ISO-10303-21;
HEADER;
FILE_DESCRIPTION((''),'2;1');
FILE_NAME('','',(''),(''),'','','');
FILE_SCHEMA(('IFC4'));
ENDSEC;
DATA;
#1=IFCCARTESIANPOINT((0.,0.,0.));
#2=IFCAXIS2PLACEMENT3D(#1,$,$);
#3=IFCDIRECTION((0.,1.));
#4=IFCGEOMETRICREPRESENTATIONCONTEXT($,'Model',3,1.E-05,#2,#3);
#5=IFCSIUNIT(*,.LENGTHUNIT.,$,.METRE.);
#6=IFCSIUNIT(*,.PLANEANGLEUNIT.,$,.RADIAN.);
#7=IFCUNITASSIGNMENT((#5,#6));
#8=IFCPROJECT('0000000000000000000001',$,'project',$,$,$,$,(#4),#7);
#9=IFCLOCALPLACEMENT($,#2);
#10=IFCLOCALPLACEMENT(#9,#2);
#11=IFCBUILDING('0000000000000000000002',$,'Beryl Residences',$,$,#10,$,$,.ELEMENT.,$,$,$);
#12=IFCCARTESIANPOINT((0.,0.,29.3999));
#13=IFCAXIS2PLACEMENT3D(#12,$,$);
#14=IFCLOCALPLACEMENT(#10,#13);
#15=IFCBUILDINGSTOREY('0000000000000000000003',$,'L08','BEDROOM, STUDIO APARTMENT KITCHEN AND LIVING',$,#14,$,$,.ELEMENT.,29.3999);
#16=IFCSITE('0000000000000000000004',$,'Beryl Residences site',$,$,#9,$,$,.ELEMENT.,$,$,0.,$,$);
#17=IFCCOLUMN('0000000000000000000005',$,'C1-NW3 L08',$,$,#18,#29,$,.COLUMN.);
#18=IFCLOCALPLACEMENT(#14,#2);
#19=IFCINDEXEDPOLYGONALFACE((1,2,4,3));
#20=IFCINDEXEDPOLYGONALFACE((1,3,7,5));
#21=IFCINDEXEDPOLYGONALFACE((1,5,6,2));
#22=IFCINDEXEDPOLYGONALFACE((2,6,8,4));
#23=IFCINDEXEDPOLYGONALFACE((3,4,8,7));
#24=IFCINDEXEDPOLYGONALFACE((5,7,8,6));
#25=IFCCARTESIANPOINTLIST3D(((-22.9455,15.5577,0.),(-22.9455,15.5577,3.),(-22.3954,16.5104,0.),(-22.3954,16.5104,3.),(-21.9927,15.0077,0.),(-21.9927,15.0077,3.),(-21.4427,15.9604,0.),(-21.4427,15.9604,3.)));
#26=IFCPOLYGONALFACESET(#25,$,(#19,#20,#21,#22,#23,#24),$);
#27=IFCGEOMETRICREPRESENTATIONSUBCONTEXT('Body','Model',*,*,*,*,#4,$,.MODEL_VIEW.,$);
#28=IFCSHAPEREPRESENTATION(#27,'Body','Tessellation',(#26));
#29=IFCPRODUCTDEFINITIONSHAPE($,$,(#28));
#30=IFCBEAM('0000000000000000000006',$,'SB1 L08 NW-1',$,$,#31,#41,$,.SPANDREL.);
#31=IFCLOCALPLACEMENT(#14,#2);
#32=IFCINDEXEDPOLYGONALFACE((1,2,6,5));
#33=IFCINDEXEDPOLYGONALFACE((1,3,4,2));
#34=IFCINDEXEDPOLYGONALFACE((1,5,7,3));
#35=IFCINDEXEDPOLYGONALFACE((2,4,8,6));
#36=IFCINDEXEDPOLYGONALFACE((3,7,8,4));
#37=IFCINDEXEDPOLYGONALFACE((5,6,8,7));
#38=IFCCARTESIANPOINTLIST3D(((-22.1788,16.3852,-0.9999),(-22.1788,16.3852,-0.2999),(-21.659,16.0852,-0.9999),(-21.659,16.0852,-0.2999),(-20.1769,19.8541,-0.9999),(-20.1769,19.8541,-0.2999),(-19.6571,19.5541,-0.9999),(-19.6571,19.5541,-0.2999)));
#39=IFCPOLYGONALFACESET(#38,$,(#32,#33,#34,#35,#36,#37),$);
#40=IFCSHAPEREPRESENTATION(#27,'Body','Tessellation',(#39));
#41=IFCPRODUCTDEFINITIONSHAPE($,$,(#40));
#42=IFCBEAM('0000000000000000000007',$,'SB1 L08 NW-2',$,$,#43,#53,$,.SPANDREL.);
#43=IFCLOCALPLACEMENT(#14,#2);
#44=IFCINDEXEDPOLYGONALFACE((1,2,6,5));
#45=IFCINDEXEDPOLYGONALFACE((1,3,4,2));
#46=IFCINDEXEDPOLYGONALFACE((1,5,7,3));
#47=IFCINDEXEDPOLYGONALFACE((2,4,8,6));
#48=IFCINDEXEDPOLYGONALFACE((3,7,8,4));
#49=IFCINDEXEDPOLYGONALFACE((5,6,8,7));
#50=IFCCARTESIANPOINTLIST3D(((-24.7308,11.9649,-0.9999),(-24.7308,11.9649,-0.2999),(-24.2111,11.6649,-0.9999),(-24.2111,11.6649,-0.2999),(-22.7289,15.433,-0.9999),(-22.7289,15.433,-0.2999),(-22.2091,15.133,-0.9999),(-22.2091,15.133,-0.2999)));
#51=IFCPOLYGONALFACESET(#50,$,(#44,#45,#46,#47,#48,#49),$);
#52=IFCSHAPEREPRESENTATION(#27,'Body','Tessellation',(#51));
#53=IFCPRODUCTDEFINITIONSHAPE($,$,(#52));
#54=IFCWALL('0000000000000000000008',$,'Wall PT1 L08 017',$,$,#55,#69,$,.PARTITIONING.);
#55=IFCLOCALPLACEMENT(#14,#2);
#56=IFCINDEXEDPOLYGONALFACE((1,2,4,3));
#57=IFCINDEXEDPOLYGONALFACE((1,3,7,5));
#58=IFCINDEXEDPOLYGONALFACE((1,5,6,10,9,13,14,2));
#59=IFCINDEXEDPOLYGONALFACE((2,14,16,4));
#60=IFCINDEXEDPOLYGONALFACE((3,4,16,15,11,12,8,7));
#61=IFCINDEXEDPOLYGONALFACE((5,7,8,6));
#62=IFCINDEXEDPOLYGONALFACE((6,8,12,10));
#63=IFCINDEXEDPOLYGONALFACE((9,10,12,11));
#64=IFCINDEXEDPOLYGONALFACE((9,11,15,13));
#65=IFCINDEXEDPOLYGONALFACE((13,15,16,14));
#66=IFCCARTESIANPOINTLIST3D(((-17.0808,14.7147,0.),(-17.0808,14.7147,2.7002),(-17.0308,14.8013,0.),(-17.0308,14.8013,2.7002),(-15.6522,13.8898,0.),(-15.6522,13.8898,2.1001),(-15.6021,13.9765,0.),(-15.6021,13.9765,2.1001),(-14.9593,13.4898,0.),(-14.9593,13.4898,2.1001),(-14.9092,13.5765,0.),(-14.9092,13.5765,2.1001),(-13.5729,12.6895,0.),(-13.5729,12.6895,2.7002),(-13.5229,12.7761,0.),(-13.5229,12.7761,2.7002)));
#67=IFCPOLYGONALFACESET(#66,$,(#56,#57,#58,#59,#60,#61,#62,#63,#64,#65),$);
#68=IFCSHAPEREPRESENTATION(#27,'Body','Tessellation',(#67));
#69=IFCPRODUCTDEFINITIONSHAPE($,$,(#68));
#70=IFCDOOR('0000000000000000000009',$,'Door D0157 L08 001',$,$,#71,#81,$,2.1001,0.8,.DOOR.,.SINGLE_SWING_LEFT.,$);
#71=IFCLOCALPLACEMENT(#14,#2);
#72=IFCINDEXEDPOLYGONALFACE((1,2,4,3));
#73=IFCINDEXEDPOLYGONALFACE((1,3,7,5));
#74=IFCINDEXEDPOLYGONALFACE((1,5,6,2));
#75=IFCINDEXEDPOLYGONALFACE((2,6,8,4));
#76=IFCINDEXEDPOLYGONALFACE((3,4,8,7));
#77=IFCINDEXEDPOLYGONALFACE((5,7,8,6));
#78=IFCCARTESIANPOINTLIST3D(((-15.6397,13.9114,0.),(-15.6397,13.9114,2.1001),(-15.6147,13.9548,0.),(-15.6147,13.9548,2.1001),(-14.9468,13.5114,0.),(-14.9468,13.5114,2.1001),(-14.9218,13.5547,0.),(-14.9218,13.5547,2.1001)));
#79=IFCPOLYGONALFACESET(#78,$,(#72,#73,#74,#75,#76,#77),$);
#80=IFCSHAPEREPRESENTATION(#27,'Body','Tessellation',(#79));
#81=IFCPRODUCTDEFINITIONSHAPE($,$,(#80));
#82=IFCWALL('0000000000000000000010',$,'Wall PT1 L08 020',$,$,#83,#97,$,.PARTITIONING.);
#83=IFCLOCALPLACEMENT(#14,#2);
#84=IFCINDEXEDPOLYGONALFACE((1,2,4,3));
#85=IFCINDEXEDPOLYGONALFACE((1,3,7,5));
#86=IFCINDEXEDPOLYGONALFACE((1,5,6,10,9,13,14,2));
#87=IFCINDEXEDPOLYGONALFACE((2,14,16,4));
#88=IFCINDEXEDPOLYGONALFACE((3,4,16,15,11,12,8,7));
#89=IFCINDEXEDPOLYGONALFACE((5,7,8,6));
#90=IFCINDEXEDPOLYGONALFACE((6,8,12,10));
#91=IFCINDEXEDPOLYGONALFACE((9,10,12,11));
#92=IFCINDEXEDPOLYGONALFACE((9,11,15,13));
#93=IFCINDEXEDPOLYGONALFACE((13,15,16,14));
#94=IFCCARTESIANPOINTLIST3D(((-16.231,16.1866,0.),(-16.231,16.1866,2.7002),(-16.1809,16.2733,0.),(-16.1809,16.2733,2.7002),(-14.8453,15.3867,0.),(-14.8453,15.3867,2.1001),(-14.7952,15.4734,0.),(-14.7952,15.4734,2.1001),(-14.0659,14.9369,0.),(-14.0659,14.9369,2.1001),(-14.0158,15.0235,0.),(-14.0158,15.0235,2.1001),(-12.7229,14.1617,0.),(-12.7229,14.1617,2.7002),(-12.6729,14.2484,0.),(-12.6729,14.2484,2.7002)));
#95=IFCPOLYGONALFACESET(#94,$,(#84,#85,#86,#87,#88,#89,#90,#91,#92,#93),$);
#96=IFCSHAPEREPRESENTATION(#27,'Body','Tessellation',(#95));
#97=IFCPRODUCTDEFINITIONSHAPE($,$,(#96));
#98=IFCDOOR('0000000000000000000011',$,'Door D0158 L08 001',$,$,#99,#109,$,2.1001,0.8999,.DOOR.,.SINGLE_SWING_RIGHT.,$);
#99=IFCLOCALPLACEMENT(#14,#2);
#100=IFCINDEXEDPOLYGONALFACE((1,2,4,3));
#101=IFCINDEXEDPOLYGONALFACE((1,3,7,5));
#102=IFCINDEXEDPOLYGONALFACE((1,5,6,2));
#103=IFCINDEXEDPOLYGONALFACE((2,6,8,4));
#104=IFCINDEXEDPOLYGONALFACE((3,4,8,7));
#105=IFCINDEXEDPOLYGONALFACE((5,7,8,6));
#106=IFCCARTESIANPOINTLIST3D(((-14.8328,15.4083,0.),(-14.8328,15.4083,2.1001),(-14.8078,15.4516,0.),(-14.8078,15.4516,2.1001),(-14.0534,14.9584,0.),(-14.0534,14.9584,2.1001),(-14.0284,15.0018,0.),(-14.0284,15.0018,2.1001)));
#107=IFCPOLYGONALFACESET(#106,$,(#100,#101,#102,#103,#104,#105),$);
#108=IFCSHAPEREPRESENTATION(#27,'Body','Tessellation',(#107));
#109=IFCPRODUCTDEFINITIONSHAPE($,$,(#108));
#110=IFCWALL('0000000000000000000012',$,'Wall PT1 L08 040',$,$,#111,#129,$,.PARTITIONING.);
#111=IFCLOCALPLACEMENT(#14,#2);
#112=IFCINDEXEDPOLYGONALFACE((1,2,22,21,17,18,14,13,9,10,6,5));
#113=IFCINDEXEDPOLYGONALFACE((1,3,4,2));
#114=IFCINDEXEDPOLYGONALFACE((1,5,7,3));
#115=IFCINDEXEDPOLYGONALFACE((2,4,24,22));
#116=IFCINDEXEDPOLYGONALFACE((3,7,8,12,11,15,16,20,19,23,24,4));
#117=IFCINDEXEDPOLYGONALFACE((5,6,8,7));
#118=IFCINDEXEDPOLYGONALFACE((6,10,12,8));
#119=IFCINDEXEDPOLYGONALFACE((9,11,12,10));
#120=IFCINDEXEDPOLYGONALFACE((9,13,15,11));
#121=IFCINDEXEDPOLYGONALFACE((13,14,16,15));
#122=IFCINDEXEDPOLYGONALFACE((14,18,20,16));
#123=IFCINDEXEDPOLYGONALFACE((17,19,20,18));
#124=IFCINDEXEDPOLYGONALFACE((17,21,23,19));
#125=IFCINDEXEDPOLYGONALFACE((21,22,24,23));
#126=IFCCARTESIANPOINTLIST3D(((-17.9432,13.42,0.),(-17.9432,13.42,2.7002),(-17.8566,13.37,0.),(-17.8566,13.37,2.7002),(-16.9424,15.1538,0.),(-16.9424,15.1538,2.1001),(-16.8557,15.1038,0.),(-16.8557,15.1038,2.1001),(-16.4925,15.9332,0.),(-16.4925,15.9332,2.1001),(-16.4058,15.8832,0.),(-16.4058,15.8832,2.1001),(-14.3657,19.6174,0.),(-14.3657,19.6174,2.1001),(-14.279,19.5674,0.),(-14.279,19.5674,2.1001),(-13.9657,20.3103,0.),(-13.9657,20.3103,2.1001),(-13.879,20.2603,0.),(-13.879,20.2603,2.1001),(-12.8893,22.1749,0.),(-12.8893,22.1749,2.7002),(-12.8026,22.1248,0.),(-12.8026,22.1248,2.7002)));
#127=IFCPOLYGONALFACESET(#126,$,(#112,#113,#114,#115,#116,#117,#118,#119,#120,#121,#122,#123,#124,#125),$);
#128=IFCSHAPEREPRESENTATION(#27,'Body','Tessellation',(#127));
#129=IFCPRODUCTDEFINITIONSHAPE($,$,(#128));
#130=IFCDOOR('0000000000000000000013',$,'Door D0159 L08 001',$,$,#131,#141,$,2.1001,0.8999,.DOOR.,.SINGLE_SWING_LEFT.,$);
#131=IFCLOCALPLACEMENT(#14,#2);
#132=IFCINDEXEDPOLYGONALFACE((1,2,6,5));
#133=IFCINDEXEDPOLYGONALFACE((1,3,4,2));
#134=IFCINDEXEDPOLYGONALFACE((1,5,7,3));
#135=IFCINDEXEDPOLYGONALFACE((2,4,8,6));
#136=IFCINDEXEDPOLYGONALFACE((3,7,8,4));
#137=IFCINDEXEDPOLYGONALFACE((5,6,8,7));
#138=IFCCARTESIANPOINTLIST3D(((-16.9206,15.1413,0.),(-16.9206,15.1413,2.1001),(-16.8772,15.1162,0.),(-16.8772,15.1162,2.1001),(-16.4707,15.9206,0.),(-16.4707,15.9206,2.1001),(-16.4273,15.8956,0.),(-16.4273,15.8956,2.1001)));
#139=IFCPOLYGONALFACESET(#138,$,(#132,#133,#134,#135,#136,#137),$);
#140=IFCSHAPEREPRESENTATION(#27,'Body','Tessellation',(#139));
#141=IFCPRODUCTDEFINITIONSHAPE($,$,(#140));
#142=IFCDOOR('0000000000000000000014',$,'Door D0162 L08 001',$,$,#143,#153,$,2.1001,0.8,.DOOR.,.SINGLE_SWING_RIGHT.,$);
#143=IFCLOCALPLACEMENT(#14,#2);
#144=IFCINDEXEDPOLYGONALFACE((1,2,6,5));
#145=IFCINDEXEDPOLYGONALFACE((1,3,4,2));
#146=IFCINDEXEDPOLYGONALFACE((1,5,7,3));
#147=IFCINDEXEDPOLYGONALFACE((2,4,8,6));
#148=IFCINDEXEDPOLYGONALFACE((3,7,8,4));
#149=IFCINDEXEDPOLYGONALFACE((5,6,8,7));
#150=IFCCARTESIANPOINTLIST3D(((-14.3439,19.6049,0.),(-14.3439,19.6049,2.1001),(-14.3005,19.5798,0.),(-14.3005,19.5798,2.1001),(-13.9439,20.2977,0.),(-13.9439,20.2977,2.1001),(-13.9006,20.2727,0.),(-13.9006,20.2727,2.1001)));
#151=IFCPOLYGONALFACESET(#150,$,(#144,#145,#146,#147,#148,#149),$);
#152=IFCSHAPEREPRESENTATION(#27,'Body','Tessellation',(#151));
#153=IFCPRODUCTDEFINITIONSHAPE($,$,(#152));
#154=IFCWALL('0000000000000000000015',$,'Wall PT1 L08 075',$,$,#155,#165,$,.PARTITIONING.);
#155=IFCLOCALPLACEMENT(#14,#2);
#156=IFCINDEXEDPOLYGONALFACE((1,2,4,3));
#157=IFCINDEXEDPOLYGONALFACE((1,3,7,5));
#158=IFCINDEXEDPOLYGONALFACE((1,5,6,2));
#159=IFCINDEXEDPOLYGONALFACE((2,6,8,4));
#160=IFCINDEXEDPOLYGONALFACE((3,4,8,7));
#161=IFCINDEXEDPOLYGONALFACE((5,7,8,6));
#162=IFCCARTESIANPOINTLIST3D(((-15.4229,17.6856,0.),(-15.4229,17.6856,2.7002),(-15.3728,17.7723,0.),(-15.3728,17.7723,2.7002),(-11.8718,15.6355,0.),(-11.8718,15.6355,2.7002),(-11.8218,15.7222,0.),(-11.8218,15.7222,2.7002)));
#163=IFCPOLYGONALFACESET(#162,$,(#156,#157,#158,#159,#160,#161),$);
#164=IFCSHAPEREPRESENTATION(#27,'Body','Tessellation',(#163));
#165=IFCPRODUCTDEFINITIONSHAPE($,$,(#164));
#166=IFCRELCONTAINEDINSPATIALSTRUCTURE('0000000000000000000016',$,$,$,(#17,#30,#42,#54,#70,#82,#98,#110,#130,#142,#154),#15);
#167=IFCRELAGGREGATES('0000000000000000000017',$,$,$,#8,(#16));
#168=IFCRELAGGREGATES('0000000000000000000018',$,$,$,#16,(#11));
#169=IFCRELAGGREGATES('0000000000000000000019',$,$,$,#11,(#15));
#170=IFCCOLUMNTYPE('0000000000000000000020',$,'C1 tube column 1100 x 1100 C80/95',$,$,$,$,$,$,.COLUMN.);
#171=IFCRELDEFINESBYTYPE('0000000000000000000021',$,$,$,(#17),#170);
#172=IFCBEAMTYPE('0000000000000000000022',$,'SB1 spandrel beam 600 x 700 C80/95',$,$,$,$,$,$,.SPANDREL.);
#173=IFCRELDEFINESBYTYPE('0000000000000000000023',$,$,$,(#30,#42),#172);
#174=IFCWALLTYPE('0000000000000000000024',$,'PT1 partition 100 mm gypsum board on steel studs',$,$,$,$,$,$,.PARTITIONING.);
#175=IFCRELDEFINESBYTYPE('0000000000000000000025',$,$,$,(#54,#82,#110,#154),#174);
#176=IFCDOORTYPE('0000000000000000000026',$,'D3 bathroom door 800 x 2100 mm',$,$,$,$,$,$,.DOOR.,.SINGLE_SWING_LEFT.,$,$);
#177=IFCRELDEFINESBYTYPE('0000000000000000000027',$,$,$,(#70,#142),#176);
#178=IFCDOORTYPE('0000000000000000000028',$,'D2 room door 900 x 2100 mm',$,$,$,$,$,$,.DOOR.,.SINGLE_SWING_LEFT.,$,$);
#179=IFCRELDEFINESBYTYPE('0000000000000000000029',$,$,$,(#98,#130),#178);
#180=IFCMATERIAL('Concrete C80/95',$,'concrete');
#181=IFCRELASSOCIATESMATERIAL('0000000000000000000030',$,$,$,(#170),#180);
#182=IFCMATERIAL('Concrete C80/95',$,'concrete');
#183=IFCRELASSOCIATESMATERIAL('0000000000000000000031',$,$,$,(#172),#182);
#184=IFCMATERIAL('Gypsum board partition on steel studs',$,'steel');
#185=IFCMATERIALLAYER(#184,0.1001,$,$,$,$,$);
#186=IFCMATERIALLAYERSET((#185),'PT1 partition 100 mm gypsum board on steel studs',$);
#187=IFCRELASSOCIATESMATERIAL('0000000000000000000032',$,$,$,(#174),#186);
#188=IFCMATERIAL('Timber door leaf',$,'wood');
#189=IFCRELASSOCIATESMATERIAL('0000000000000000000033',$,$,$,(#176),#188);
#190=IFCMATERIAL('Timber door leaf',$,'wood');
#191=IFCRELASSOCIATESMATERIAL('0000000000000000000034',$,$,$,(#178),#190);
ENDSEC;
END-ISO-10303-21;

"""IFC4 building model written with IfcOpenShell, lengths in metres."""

from ifc_helpers import new_model, si_unit, direction, frame, frame_2d, origin, origin_2d, place, context, subcontext, project, spatial, rectangle, extrude, material, layer, layer_set, material_profile, profile_set, type_object, element, fill, save


model = new_model("IFC4")

# Units and contexts
model_context = context("Model", 3, precision=1e-05, world=origin(), true_north=direction((0.0, 1.0)))
body_context = subcontext(model_context, "Body", "Model", "MODEL_VIEW")
ifc_project = project(units=[si_unit("LENGTHUNIT", "METRE"), si_unit("PLANEANGLEUNIT", "RADIAN")], contexts=[model_context])

# Site, building, storey
site_placement = place(None, origin())
site = spatial("IfcSite", under=ifc_project, at=site_placement, Name="Beryl Residences site", CompositionType="ELEMENT", RefElevation=0.0)
building_placement = place(site_placement, origin())
building = spatial("IfcBuilding", under=site, at=building_placement, Name="Beryl Residences", CompositionType="ELEMENT")
storey_placement = place(building_placement, frame((0.0, 0.0, 29.3999)))
storey = spatial("IfcBuildingStorey", under=building, at=storey_placement, Name="L08", Description="BEDROOM, STUDIO APARTMENT KITCHEN AND LIVING", CompositionType="ELEMENT", Elevation=29.3999)

# Column
ifc_material_1 = material(Name="Concrete C80/95", Category="concrete")
ifc_material_profile_1 = material_profile(ifc_material_1, rectangle(XDim=1.1001, YDim=1.1001, at=origin_2d()))
ifc_profile_set_1 = profile_set([ifc_material_profile_1], Name="Concrete C80/95")
column_type = type_object("IfcColumnType", Name="C1 tube column 1100 x 1100 C80/95", PredefinedType="COLUMN", material=ifc_profile_set_1)
column_placement = place(storey_placement, frame((-22.1941, 15.759, 0.0), z_axis=(0.0, 0.0, 1.0), x_axis=(-0.499985, -0.866034, 0.0)))
element("IfcColumn", 1, at=column_placement, inside=storey, type_object=column_type, Name="C1-NW3 L08", PredefinedType="COLUMN", context=body_context, shape_type="SweptSolid", body=[
    extrude(rectangle(XDim=1.1001, YDim=1.1001, at=origin_2d()), origin(), (0.0, 0.0, 1.0), 3.0),
])

# Beams
ifc_material_2 = material(Name="Concrete C80/95", Category="concrete")
ifc_material_profile_2 = material_profile(ifc_material_2, rectangle(XDim=0.6001, YDim=0.7, at=origin_2d()))
ifc_profile_set_2 = profile_set([ifc_material_profile_2], Name="Concrete C80/95")
beam_type = type_object("IfcBeamType", Name="SB1 spandrel beam 600 x 700 C80/95", PredefinedType="SPANDREL", material=ifc_profile_set_2)
beam_1_placement = place(storey_placement, frame((-19.917, 19.7041, -0.6499), z_axis=(-0.499837, -0.86612, 0.0), x_axis=(0.86612, -0.499837, 0.0)))
element("IfcBeam", 2, at=beam_1_placement, inside=storey, type_object=beam_type, Name="SB1 L08 NW-1", PredefinedType="SPANDREL", context=body_context, shape_type="SweptSolid", body=[
    extrude(rectangle(XDim=0.6001, YDim=0.7, at=origin_2d()), origin(), (0.0, 0.0, 1.0), 4.0051),
])
beam_2_placement = place(storey_placement, frame((-22.469, 15.283, -0.6499), z_axis=(-0.499942, -0.866059, 0.0), x_axis=(0.866059, -0.499942, 0.0)))
element("IfcBeam", 3, at=beam_2_placement, inside=storey, type_object=beam_type, Name="SB1 L08 NW-2", PredefinedType="SPANDREL", context=body_context, shape_type="SweptSolid", body=[
    extrude(rectangle(XDim=0.6001, YDim=0.7, at=origin_2d()), origin(), (0.0, 0.0, 1.0), 4.0044),
])

# Walls, openings, doors
ifc_material_3 = material(Name="Gypsum board partition on steel studs", Category="steel")
ifc_layer_1 = layer(ifc_material_3, 0.1001)
ifc_layer_set_1 = layer_set([ifc_layer_1], Name="PT1 partition 100 mm gypsum board on steel studs")
wall_type_1 = type_object("IfcWallType", Name="PT1 partition 100 mm gypsum board on steel studs", PredefinedType="PARTITIONING", material=ifc_layer_set_1)
wall_1_placement = place(storey_placement, frame((-17.0559, 14.7581, 0.0), z_axis=(0.0, 0.0, 1.0), x_axis=(0.866035, -0.499983, 0.0)))
wall_1 = element("IfcWall", 4, at=wall_1_placement, inside=storey, type_object=wall_type_1, Name="Wall PT1 L08 017", PredefinedType="PARTITIONING", context=body_context, shape_type="SweptSolid", body=[
    extrude(rectangle(XDim=4.0505, YDim=0.1001, at=frame_2d((2.0254, 0.0))), origin(), (0.0, 0.0, 1.0), 2.7002),
])
opening_1_placement = place(wall_1_placement, frame((1.6499, 0.0, 0.0)))
opening_1 = element("IfcOpeningElement", 5, at=opening_1_placement, cuts=wall_1, PredefinedType="OPENING", context=body_context, shape_type="SweptSolid", body=[
    extrude(rectangle(XDim=0.8, YDim=2.1001, at=frame_2d((0.3999, 1.05))), frame((0.0, 0.0601, 0.0), z_axis=(0.0, -1.0, 0.0), x_axis=(1.0, 0.0, 0.0)), (0.0, 0.0, 1.0), 0.1201),
])
ifc_material_4 = material(Name="Timber door leaf", Category="wood")
door_type_1 = type_object("IfcDoorType", Name="D3 bathroom door 800 x 2100 mm", OperationType="SINGLE_SWING_LEFT", PredefinedType="DOOR", material=ifc_material_4)
door_1_placement = place(opening_1_placement, origin())
door_1 = element("IfcDoor", 6, at=door_1_placement, inside=storey, type_object=door_type_1, Name="Door D0157 L08 001", OperationType="SINGLE_SWING_LEFT", OverallHeight=2.1001, OverallWidth=0.8, PredefinedType="DOOR", context=body_context, shape_type="SweptSolid", body=[
    extrude(rectangle(XDim=0.8, YDim=2.1001, at=frame_2d((0.3999, 1.05))), frame((0.0, 0.0249, 0.0), z_axis=(0.0, -1.0, 0.0), x_axis=(1.0, 0.0, 0.0)), (0.0, 0.0, 1.0), 0.05),
])
fill(opening_1, door_1)
wall_2_placement = place(storey_placement, frame((-16.2061, 16.23, 0.0), z_axis=(0.0, 0.0, 1.0), x_axis=(0.866076, -0.499912, 0.0)))
wall_2 = element("IfcWall", 7, at=wall_2_placement, inside=storey, type_object=wall_type_1, Name="Wall PT1 L08 020", PredefinedType="PARTITIONING", context=body_context, shape_type="SweptSolid", body=[
    extrude(rectangle(XDim=4.0505, YDim=0.1001, at=frame_2d((2.0254, 0.0))), origin(), (0.0, 0.0, 1.0), 2.7002),
])
opening_2_placement = place(wall_2_placement, frame((1.6001, 0.0, 0.0)))
opening_2 = element("IfcOpeningElement", 8, at=opening_2_placement, cuts=wall_2, PredefinedType="OPENING", context=body_context, shape_type="SweptSolid", body=[
    extrude(rectangle(XDim=0.8999, YDim=2.1001, at=frame_2d((0.45, 1.05))), frame((0.0, 0.0601, 0.0), z_axis=(0.0, -1.0, 0.0), x_axis=(1.0, 0.0, 0.0)), (0.0, 0.0, 1.0), 0.1201),
])
ifc_material_5 = material(Name="Timber door leaf", Category="wood")
door_type_2 = type_object("IfcDoorType", Name="D2 room door 900 x 2100 mm", OperationType="SINGLE_SWING_LEFT", PredefinedType="DOOR", material=ifc_material_5)
door_2_placement = place(opening_2_placement, origin())
door_2 = element("IfcDoor", 9, at=door_2_placement, inside=storey, type_object=door_type_2, Name="Door D0158 L08 001", OperationType="SINGLE_SWING_RIGHT", OverallHeight=2.1001, OverallWidth=0.8999, PredefinedType="DOOR", context=body_context, shape_type="SweptSolid", body=[
    extrude(rectangle(XDim=0.8999, YDim=2.1001, at=frame_2d((0.45, 1.05))), frame((0.0, 0.0249, 0.0), z_axis=(0.0, -1.0, 0.0), x_axis=(1.0, 0.0, 0.0)), (0.0, 0.0, 1.0), 0.05),
])
fill(opening_2, door_2)

# Wall, openings, doors
wall_3_placement = place(storey_placement, frame((-17.8999, 13.395, 0.0), z_axis=(0.0, 0.0, 1.0), x_axis=(0.49995, 0.866054, 0.0)))
wall_3 = element("IfcWall", 10, at=wall_3_placement, inside=storey, type_object=wall_type_1, Name="Wall PT1 L08 040", PredefinedType="PARTITIONING", context=body_context, shape_type="SweptSolid", body=[
    extrude(rectangle(XDim=10.1089, YDim=0.1001, at=frame_2d((5.0544, 0.0))), origin(), (0.0, 0.0, 1.0), 2.7002),
])
opening_3_placement = place(wall_3_placement, frame((2.002, 0.0, 0.0)))
opening_3 = element("IfcOpeningElement", 11, at=opening_3_placement, cuts=wall_3, PredefinedType="OPENING", context=body_context, shape_type="SweptSolid", body=[
    extrude(rectangle(XDim=0.8999, YDim=2.1001, at=frame_2d((0.45, 1.05))), frame((0.0, 0.0601, 0.0), z_axis=(0.0, -1.0, 0.0), x_axis=(1.0, 0.0, 0.0)), (0.0, 0.0, 1.0), 0.1201),
])
opening_4_placement = place(wall_3_placement, frame((7.156, 0.0, 0.0)))
opening_4 = element("IfcOpeningElement", 12, at=opening_4_placement, cuts=wall_3, PredefinedType="OPENING", context=body_context, shape_type="SweptSolid", body=[
    extrude(rectangle(XDim=0.8, YDim=2.1001, at=frame_2d((0.3999, 1.05))), frame((0.0, 0.0601, 0.0), z_axis=(0.0, -1.0, 0.0), x_axis=(1.0, 0.0, 0.0)), (0.0, 0.0, 1.0), 0.1201),
])
door_3_placement = place(opening_3_placement, origin())
door_3 = element("IfcDoor", 13, at=door_3_placement, inside=storey, type_object=door_type_2, Name="Door D0159 L08 001", OperationType="SINGLE_SWING_LEFT", OverallHeight=2.1001, OverallWidth=0.8999, PredefinedType="DOOR", context=body_context, shape_type="SweptSolid", body=[
    extrude(rectangle(XDim=0.8999, YDim=2.1001, at=frame_2d((0.45, 1.05))), frame((0.0, 0.0249, 0.0), z_axis=(0.0, -1.0, 0.0), x_axis=(1.0, 0.0, 0.0)), (0.0, 0.0, 1.0), 0.05),
])
fill(opening_3, door_3)
door_4_placement = place(opening_4_placement, origin())
door_4 = element("IfcDoor", 14, at=door_4_placement, inside=storey, type_object=door_type_1, Name="Door D0162 L08 001", OperationType="SINGLE_SWING_RIGHT", OverallHeight=2.1001, OverallWidth=0.8, PredefinedType="DOOR", context=body_context, shape_type="SweptSolid", body=[
    extrude(rectangle(XDim=0.8, YDim=2.1001, at=frame_2d((0.3999, 1.05))), frame((0.0, 0.0249, 0.0), z_axis=(0.0, -1.0, 0.0), x_axis=(1.0, 0.0, 0.0)), (0.0, 0.0, 1.0), 0.05),
])
fill(opening_4, door_4)

# Wall
wall_4_placement = place(storey_placement, frame((-15.3979, 17.729, 0.0), z_axis=(0.0, 0.0, 1.0), x_axis=(0.86604, -0.499975, 0.0)))
element("IfcWall", 15, at=wall_4_placement, inside=storey, type_object=wall_type_1, Name="Wall PT1 L08 075", PredefinedType="PARTITIONING", context=body_context, shape_type="SweptSolid", body=[
    extrude(rectangle(XDim=4.1003, YDim=0.1001, at=frame_2d((2.0503, 0.0))), origin(), (0.0, 0.0, 1.0), 2.7002),
])

save(model, "model.ifc")
